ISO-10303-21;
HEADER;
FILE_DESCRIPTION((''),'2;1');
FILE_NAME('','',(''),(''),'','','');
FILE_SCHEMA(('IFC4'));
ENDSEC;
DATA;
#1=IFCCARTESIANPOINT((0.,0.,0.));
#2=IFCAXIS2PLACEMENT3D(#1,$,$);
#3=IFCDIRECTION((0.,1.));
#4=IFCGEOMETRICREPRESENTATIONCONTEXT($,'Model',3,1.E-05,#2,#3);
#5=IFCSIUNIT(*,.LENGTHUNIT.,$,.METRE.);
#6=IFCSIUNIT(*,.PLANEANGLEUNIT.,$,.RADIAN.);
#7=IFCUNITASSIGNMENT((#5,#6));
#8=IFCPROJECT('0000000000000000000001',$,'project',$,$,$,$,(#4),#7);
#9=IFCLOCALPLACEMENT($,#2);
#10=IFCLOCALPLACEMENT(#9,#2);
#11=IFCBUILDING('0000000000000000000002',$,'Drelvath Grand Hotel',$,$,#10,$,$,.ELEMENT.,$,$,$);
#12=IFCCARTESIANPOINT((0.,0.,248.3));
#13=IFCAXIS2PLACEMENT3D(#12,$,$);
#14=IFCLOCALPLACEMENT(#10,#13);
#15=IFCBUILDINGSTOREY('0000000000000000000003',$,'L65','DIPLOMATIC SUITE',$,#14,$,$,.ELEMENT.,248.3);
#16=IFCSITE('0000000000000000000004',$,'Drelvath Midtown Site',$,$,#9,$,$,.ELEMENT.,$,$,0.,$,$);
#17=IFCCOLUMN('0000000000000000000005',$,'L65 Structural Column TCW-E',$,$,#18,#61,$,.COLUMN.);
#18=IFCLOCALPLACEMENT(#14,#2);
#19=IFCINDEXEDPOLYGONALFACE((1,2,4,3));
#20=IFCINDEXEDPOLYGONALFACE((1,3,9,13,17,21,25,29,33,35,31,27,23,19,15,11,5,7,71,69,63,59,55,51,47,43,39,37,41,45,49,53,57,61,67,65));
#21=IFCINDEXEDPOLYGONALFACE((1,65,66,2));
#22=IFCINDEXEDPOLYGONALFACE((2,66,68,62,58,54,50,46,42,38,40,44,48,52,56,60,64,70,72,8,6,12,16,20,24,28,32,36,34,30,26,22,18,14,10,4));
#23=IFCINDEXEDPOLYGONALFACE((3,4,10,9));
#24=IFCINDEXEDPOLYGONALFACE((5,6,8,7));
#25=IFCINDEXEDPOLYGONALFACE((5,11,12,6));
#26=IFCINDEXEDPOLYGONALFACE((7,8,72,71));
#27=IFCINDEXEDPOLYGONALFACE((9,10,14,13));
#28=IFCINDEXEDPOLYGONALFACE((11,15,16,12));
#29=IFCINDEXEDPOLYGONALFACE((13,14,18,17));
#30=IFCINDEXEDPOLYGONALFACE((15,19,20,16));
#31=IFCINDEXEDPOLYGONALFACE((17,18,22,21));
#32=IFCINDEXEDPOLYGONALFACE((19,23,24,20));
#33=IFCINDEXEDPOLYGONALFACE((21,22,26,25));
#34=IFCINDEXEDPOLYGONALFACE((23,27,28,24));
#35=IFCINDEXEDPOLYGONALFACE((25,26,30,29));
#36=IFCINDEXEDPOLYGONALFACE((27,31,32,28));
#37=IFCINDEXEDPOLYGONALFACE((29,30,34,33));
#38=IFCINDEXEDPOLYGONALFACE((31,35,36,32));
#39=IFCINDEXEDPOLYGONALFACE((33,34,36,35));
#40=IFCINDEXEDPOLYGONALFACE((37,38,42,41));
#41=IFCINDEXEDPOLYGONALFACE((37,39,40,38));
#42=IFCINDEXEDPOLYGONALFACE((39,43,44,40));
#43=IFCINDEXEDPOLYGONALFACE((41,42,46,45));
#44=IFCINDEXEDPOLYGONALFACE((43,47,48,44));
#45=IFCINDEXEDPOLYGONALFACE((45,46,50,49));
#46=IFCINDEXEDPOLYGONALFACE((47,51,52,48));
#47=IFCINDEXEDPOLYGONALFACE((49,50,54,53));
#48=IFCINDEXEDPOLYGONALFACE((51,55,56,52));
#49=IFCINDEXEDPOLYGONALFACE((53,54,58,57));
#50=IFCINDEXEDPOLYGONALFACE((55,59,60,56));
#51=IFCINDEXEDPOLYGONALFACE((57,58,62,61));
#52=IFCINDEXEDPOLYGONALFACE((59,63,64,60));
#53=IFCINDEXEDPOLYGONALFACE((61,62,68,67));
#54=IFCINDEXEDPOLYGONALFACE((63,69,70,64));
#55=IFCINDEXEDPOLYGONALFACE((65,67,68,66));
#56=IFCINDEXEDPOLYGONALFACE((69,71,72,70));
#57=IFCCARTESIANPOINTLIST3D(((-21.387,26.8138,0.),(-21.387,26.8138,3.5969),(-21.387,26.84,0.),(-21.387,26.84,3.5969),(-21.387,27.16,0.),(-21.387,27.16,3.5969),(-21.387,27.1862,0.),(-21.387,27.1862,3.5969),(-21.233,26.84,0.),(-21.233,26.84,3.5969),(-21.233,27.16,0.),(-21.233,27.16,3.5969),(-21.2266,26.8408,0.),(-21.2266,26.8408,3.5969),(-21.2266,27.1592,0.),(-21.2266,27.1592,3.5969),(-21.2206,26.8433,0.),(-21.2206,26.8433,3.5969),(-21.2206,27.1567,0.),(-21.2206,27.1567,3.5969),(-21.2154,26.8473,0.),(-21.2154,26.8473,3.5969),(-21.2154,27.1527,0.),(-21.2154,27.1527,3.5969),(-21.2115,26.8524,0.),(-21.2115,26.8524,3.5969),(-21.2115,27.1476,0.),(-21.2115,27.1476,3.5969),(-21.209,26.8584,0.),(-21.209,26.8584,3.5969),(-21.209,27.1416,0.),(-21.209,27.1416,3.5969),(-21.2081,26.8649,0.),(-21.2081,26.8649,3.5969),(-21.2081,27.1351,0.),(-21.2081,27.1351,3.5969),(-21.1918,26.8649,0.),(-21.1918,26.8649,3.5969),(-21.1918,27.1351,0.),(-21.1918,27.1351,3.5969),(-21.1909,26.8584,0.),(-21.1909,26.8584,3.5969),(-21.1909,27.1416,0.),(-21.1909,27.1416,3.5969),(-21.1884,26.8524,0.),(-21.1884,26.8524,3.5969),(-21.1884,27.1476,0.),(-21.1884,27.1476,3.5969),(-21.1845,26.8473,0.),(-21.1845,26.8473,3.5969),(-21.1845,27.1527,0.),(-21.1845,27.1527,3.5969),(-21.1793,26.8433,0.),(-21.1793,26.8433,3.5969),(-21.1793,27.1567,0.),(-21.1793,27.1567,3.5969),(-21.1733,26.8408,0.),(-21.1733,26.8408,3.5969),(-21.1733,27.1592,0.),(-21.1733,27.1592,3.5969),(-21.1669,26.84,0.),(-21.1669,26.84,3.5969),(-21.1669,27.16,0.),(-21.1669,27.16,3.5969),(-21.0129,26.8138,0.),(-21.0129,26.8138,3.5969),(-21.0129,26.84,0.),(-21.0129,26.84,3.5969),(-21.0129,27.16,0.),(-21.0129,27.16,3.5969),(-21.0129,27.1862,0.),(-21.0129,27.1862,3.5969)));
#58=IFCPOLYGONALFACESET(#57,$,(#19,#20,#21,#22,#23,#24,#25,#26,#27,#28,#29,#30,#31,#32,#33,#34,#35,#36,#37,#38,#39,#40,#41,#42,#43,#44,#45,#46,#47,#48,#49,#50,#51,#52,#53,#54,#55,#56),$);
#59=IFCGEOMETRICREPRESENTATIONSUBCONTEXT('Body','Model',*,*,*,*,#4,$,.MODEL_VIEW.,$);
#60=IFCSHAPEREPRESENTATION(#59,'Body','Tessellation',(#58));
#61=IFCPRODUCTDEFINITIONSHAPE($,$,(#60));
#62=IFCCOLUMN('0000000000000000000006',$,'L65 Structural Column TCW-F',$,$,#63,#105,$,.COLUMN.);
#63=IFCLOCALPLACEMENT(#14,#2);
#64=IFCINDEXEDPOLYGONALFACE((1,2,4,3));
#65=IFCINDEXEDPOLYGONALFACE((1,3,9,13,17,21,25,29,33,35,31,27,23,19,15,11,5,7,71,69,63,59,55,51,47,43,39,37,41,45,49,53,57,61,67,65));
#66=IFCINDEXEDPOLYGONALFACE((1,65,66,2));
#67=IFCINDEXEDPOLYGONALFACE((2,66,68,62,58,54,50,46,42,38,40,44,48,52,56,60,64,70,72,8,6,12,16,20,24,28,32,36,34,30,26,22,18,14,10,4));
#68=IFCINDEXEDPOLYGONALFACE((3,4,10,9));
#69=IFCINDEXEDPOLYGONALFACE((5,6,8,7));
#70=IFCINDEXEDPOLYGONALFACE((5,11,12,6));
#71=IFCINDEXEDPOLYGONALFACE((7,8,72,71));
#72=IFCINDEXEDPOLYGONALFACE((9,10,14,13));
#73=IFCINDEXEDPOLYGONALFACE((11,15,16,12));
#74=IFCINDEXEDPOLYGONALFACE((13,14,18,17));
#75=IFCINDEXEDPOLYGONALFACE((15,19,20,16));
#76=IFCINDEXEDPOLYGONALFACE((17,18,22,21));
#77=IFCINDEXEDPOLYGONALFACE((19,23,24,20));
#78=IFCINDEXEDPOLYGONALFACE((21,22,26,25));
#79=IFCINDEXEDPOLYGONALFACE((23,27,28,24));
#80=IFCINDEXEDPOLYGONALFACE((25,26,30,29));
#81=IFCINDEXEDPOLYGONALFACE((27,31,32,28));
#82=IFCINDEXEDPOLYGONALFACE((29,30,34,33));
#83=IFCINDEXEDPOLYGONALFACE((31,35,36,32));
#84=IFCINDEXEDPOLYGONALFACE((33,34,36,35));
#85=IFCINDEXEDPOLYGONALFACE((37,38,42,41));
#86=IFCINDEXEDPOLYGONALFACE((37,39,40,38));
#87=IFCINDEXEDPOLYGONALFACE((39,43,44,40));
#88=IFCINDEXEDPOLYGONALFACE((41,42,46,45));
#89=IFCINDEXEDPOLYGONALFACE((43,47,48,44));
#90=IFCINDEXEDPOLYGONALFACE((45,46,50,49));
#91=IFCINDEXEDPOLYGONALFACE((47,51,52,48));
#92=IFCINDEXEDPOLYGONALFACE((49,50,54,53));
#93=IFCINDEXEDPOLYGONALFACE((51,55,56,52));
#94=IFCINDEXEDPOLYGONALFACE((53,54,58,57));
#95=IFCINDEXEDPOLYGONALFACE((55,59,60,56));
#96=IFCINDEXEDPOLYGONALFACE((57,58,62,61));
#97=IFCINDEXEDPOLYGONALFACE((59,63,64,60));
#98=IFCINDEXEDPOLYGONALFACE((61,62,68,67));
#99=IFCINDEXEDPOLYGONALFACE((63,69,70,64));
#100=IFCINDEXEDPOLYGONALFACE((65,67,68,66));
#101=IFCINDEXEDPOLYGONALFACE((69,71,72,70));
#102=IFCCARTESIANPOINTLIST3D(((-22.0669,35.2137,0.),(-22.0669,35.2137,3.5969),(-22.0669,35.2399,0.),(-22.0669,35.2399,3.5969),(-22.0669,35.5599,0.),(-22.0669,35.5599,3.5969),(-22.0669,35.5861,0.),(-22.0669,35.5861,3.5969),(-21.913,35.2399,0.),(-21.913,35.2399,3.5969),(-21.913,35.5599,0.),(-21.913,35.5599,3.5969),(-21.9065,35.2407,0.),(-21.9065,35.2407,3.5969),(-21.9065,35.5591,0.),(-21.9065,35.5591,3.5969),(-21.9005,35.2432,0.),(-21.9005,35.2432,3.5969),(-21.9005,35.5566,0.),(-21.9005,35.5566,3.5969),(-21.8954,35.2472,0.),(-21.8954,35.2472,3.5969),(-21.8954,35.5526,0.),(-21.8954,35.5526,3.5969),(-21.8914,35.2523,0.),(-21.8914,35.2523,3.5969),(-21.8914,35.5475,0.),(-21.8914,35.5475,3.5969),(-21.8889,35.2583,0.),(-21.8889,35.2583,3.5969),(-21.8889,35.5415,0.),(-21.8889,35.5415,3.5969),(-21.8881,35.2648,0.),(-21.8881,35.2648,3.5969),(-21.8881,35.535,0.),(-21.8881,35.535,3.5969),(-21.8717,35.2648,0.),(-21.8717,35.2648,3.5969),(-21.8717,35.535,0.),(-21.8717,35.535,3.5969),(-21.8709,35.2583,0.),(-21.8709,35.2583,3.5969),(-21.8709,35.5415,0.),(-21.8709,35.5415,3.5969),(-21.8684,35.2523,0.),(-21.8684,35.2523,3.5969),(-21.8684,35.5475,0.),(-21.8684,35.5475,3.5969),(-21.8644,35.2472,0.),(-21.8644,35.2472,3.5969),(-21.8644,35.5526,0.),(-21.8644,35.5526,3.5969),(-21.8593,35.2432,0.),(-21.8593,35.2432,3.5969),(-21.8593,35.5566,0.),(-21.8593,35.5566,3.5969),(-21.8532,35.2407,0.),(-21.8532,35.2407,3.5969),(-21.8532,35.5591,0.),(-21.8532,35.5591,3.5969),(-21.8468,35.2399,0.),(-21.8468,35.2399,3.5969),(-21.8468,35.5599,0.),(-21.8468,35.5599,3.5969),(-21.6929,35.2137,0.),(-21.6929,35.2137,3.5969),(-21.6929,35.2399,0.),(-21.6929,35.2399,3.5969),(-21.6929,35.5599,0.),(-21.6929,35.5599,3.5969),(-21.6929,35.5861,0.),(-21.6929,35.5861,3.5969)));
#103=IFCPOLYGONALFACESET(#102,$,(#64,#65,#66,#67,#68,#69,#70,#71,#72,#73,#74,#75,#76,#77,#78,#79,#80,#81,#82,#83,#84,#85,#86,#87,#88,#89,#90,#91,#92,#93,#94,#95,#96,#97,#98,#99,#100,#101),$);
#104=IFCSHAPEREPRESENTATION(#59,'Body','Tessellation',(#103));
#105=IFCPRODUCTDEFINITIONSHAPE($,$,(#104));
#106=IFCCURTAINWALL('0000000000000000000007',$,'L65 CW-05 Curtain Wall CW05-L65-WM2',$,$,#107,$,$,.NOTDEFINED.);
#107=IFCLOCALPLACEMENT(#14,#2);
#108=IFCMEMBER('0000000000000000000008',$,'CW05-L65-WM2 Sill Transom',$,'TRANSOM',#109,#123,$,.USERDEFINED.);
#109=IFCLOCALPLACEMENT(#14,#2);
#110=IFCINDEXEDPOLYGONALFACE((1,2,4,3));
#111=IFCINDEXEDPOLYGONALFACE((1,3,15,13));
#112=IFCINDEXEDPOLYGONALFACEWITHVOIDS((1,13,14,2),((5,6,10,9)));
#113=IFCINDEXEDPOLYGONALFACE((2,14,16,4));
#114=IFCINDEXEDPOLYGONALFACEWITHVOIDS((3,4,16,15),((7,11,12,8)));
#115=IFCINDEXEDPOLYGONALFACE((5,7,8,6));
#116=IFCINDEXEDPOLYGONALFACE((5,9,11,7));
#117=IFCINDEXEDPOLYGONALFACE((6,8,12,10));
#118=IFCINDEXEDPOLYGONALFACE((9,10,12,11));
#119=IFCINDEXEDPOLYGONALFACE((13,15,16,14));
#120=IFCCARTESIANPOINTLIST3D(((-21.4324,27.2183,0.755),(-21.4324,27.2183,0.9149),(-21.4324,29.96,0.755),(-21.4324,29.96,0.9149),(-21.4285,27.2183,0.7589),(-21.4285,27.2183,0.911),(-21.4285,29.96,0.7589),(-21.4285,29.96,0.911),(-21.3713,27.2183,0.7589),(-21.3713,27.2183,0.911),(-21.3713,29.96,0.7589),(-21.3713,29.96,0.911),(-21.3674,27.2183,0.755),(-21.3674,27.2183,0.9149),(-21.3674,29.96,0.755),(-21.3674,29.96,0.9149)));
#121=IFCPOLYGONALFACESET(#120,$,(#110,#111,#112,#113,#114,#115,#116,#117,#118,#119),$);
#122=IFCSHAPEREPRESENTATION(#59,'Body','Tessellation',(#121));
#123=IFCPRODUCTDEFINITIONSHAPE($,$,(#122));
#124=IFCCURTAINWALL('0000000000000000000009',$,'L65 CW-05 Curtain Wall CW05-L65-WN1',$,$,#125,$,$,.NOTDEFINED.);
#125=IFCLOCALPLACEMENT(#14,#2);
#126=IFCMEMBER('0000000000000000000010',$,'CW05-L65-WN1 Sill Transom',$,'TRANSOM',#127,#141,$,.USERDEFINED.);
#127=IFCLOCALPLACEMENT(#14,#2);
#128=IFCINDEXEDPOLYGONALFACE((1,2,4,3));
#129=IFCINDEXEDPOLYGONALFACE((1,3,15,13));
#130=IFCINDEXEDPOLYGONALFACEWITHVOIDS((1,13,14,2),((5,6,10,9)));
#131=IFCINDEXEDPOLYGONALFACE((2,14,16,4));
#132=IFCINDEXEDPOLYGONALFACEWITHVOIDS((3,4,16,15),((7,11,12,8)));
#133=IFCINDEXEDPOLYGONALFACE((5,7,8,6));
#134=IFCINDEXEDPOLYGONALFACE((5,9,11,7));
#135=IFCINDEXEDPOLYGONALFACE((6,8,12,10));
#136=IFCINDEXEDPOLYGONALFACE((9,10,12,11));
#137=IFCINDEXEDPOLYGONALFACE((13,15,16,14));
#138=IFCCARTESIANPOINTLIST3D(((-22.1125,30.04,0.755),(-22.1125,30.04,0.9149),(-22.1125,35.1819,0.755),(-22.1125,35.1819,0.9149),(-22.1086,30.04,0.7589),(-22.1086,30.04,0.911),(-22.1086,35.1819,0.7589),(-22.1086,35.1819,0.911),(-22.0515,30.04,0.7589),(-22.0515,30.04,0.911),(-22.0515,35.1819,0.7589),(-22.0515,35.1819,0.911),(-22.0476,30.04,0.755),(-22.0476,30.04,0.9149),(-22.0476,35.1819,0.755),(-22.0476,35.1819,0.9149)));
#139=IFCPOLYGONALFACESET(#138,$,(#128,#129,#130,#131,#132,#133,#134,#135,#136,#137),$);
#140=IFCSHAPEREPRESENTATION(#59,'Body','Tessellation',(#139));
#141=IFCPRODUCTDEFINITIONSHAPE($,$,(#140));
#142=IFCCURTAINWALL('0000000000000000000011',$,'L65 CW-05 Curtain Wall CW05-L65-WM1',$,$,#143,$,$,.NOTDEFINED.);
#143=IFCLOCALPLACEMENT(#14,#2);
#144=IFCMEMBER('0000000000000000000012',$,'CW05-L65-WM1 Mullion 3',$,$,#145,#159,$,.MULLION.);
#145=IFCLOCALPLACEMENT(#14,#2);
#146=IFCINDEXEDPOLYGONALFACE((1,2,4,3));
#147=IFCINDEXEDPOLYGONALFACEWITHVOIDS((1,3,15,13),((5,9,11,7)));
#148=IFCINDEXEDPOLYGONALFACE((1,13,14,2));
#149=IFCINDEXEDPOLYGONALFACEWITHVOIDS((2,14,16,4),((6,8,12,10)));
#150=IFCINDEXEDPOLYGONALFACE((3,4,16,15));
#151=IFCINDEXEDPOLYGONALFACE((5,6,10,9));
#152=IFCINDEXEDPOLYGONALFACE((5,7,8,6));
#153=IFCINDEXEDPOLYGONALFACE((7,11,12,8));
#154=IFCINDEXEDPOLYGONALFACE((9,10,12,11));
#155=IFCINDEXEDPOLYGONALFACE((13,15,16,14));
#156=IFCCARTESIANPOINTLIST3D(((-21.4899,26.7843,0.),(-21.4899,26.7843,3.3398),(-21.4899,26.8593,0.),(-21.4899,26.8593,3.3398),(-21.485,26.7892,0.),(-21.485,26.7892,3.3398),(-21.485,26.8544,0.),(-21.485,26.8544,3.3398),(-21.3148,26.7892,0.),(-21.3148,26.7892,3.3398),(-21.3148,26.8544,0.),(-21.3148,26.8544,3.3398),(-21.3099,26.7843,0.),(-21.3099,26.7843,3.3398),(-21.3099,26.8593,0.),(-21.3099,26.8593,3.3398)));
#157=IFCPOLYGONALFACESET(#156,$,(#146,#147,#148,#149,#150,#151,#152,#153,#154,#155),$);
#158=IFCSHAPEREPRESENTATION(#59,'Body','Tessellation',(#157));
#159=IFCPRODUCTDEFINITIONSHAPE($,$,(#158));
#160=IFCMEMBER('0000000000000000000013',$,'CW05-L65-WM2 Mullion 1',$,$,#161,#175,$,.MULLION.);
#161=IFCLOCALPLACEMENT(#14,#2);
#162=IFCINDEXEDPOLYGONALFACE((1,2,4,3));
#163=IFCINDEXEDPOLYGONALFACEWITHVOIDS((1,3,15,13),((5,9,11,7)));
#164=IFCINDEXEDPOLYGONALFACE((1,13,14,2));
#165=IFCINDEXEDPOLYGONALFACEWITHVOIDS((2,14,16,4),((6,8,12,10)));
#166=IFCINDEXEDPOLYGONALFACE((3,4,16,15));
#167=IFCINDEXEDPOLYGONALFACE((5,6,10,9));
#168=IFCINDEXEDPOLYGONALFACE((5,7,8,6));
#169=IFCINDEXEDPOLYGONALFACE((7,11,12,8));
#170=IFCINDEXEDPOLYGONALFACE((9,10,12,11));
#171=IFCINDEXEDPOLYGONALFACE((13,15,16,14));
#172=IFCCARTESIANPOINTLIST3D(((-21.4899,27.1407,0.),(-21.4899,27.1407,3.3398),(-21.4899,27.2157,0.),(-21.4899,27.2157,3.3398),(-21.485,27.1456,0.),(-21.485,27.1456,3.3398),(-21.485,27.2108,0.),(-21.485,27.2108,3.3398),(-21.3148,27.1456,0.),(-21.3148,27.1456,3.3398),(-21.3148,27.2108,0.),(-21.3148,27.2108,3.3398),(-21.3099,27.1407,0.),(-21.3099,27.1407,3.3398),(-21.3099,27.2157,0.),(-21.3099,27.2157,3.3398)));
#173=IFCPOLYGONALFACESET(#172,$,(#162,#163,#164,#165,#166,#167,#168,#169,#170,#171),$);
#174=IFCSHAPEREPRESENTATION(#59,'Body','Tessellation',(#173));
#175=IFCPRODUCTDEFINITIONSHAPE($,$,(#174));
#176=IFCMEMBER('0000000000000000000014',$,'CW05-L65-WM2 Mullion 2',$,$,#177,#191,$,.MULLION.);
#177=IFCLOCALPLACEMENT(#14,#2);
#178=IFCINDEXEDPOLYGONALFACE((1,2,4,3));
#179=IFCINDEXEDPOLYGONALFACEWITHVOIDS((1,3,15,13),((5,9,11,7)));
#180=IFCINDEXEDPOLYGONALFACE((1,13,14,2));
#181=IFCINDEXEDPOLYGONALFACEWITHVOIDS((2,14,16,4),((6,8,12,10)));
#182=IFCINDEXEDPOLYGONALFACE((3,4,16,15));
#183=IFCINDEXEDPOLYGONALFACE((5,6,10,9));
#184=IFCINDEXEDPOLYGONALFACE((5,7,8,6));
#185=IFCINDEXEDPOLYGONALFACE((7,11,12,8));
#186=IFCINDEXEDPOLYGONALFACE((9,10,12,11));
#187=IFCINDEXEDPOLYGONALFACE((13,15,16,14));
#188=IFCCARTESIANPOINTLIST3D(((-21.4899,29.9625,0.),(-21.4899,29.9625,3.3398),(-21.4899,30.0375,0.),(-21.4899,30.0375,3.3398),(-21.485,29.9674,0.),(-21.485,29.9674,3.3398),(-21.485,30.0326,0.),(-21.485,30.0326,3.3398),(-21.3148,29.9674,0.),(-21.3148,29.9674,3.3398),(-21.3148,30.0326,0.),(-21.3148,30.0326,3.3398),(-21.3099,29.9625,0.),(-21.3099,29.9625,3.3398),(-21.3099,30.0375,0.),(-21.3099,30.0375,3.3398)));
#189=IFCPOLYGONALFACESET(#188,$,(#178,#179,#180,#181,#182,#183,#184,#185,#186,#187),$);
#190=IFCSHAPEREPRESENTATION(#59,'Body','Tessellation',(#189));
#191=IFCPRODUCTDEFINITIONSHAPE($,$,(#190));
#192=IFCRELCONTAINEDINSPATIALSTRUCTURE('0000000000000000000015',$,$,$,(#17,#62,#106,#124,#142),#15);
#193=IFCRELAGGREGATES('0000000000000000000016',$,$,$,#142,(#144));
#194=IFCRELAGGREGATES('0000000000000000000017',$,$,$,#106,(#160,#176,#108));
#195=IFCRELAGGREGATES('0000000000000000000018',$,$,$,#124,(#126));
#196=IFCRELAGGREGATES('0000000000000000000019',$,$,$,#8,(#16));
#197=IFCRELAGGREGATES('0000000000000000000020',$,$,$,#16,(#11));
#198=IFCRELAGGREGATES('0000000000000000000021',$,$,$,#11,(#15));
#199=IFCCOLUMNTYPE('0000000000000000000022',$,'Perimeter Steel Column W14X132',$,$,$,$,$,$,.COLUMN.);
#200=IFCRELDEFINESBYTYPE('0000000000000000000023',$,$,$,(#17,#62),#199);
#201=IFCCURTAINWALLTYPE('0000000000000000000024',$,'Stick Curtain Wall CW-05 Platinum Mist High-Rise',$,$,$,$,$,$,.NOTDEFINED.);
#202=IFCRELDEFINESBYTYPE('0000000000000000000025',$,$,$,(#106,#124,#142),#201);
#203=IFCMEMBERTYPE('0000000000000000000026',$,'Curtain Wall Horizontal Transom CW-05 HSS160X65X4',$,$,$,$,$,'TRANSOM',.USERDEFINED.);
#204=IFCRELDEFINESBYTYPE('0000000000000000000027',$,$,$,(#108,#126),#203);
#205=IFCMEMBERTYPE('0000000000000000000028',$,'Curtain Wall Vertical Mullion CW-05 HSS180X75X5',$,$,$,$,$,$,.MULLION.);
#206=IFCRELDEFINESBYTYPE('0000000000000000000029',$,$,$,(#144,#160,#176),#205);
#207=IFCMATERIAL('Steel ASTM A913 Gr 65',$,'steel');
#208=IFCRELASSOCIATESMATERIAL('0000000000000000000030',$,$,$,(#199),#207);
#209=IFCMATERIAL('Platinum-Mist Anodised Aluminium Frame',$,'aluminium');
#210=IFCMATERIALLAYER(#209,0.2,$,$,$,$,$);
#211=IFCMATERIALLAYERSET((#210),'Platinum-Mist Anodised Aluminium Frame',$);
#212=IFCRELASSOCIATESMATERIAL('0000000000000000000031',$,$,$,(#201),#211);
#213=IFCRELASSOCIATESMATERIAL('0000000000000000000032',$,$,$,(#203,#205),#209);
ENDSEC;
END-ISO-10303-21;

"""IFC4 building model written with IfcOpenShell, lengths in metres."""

from ifc_helpers import new_model, si_unit, direction, frame, origin, origin_2d, place, context, subcontext, project, spatial, hollow_rectangle, i_section, extrude, material, layer, layer_set, material_profile, profile_set, type_object, element, aggregate, save


model = new_model("IFC4")

# Units and contexts
model_context = context("Model", 3, precision=1e-05, world=origin(), true_north=direction((0.0, 1.0)))
body_context = subcontext(model_context, "Body", "Model", "MODEL_VIEW")
ifc_project = project(units=[si_unit("LENGTHUNIT", "METRE"), si_unit("PLANEANGLEUNIT", "RADIAN")], contexts=[model_context])

# Site, building, storey
site_placement = place(None, origin())
site = spatial("IfcSite", under=ifc_project, at=site_placement, Name="Drelvath Midtown Site", CompositionType="ELEMENT", RefElevation=0.0)
building_placement = place(site_placement, origin())
building = spatial("IfcBuilding", under=site, at=building_placement, Name="Drelvath Grand Hotel", CompositionType="ELEMENT")
storey_placement = place(building_placement, frame((0.0, 0.0, 248.3)))
storey = spatial("IfcBuildingStorey", under=building, at=storey_placement, Name="L65", Description="DIPLOMATIC SUITE", CompositionType="ELEMENT", Elevation=248.3)

# Columns
ifc_material_1 = material(Name="Steel ASTM A913 Gr 65", Category="steel")
ifc_material_profile_1 = material_profile(ifc_material_1, i_section(OverallWidth=0.374, OverallDepth=0.3723, WebThickness=0.0164, FlangeThickness=0.0261, FilletRadius=0.0249, at=origin_2d()), Name="W14X132")
ifc_profile_set_1 = profile_set([ifc_material_profile_1], Name="Steel ASTM A913 Gr 65")
column_type = type_object("IfcColumnType", Name="Perimeter Steel Column W14X132", PredefinedType="COLUMN", material=ifc_profile_set_1)
for number, where, z_axis, x_axis, name in (
    (1, (-21.2, 27.0, 0.0), (0.0, 0.0, 1.0), (1.0, 0.0, 0.0), "L65 Structural Column TCW-E"),
    (2, (-21.8799, 35.3999, 0.0), (0.0, 0.0, 1.0), (1.0, 0.0, 0.0), "L65 Structural Column TCW-F"),
):
    element("IfcColumn", number, at=place(storey_placement, frame(where, z_axis=z_axis, x_axis=x_axis)), inside=storey, type_object=column_type, Name=name, PredefinedType="COLUMN", context=body_context, shape_type="SweptSolid", body=[
        extrude(i_section(OverallWidth=0.374, OverallDepth=0.3723, WebThickness=0.0164, FlangeThickness=0.0261, FilletRadius=0.0249, at=origin_2d()), origin(), (0.0, 0.0, 1.0), 3.5969),
    ])

# Curtain walls, members
ifc_material_2 = material(Name="Platinum-Mist Anodised Aluminium Frame", Category="aluminium")
ifc_layer_1 = layer(ifc_material_2, 0.2)
ifc_layer_set_1 = layer_set([ifc_layer_1], Name="Platinum-Mist Anodised Aluminium Frame")
curtain_wall_type = type_object("IfcCurtainWallType", Name="Stick Curtain Wall CW-05 Platinum Mist High-Rise", PredefinedType="NOTDEFINED", material=ifc_layer_set_1)
curtain_wall_1_placement = place(storey_placement, origin())
curtain_wall_1 = element("IfcCurtainWall", 3, at=curtain_wall_1_placement, inside=storey, type_object=curtain_wall_type, Name="L65 CW-05 Curtain Wall CW05-L65-WM2", PredefinedType="NOTDEFINED")
ifc_material_profile_2 = material_profile(ifc_material_2, hollow_rectangle(XDim=0.0649, YDim=0.1599, WallThickness=0.0039, at=origin_2d()), Name="HSS160X65X4")
ifc_profile_set_2 = profile_set([ifc_material_profile_2], Name="Platinum-Mist Anodised Aluminium Frame")
member_type_1 = type_object("IfcMemberType", Name="Curtain Wall Horizontal Transom CW-05 HSS160X65X4", ElementType="TRANSOM", PredefinedType="USERDEFINED", material=ifc_profile_set_2)
member_1_placement = place(storey_placement, frame((-21.3999, 27.2183, 0.835), z_axis=(0.0, 1.0, 0.0), x_axis=(-1.0, 0.0, 0.0)))
member_1 = element("IfcMember", 4, at=member_1_placement, type_object=member_type_1, Name="CW05-L65-WM2 Sill Transom", ObjectType="TRANSOM", PredefinedType="USERDEFINED", context=body_context, shape_type="SweptSolid", body=[
    extrude(hollow_rectangle(XDim=0.0649, YDim=0.1599, WallThickness=0.0039, at=origin_2d()), origin(), (0.0, 0.0, 1.0), 2.7417),
])
curtain_wall_2_placement = place(storey_placement, origin())
curtain_wall_2 = element("IfcCurtainWall", 5, at=curtain_wall_2_placement, inside=storey, type_object=curtain_wall_type, Name="L65 CW-05 Curtain Wall CW05-L65-WN1", PredefinedType="NOTDEFINED")
member_2_placement = place(storey_placement, frame((-22.0801, 30.04, 0.835), z_axis=(0.0, 1.0, 0.0), x_axis=(-1.0, 0.0, 0.0)))
member_2 = element("IfcMember", 6, at=member_2_placement, type_object=member_type_1, Name="CW05-L65-WN1 Sill Transom", ObjectType="TRANSOM", PredefinedType="USERDEFINED", context=body_context, shape_type="SweptSolid", body=[
    extrude(hollow_rectangle(XDim=0.0649, YDim=0.1599, WallThickness=0.0039, at=origin_2d()), origin(), (0.0, 0.0, 1.0), 5.1418),
])
curtain_wall_3_placement = place(storey_placement, origin())
curtain_wall_3 = element("IfcCurtainWall", 7, at=curtain_wall_3_placement, inside=storey, type_object=curtain_wall_type, Name="L65 CW-05 Curtain Wall CW05-L65-WM1", PredefinedType="NOTDEFINED")
ifc_material_profile_3 = material_profile(ifc_material_2, hollow_rectangle(XDim=0.075, YDim=0.1799, WallThickness=0.0049, at=origin_2d()), Name="HSS180X75X5")
ifc_profile_set_3 = profile_set([ifc_material_profile_3], Name="Platinum-Mist Anodised Aluminium Frame")
member_type_2 = type_object("IfcMemberType", Name="Curtain Wall Vertical Mullion CW-05 HSS180X75X5", PredefinedType="MULLION", material=ifc_profile_set_3)
member_3_placement = place(storey_placement, frame((-21.3999, 26.8218, 0.0), z_axis=(0.0, 0.0, 1.0), x_axis=(0.0, 1.0, 0.0)))
member_3 = element("IfcMember", 8, at=member_3_placement, type_object=member_type_2, Name="CW05-L65-WM1 Mullion 3", PredefinedType="MULLION", context=body_context, shape_type="SweptSolid", body=[
    extrude(hollow_rectangle(XDim=0.075, YDim=0.1799, WallThickness=0.0049, at=origin_2d()), origin(), (0.0, 0.0, 1.0), 3.3398),
])
aggregate(curtain_wall_3, [member_3])

# Members
member_4_placement = place(storey_placement, frame((-21.3999, 27.1782, 0.0), z_axis=(0.0, 0.0, 1.0), x_axis=(0.0, 1.0, 0.0)))
member_4 = element("IfcMember", 9, at=member_4_placement, type_object=member_type_2, Name="CW05-L65-WM2 Mullion 1", PredefinedType="MULLION", context=body_context, shape_type="SweptSolid", body=[
    extrude(hollow_rectangle(XDim=0.075, YDim=0.1799, WallThickness=0.0049, at=origin_2d()), origin(), (0.0, 0.0, 1.0), 3.3398),
])
member_5_placement = place(storey_placement, frame((-21.3999, 30.0, 0.0), z_axis=(0.0, 0.0, 1.0), x_axis=(0.0, 1.0, 0.0)))
member_5 = element("IfcMember", 10, at=member_5_placement, type_object=member_type_2, Name="CW05-L65-WM2 Mullion 2", PredefinedType="MULLION", context=body_context, shape_type="SweptSolid", body=[
    extrude(hollow_rectangle(XDim=0.075, YDim=0.1799, WallThickness=0.0049, at=origin_2d()), origin(), (0.0, 0.0, 1.0), 3.3398),
])

aggregate(curtain_wall_1, [member_4, member_5, member_1])
aggregate(curtain_wall_2, [member_2])

save(model, "model.ifc")
